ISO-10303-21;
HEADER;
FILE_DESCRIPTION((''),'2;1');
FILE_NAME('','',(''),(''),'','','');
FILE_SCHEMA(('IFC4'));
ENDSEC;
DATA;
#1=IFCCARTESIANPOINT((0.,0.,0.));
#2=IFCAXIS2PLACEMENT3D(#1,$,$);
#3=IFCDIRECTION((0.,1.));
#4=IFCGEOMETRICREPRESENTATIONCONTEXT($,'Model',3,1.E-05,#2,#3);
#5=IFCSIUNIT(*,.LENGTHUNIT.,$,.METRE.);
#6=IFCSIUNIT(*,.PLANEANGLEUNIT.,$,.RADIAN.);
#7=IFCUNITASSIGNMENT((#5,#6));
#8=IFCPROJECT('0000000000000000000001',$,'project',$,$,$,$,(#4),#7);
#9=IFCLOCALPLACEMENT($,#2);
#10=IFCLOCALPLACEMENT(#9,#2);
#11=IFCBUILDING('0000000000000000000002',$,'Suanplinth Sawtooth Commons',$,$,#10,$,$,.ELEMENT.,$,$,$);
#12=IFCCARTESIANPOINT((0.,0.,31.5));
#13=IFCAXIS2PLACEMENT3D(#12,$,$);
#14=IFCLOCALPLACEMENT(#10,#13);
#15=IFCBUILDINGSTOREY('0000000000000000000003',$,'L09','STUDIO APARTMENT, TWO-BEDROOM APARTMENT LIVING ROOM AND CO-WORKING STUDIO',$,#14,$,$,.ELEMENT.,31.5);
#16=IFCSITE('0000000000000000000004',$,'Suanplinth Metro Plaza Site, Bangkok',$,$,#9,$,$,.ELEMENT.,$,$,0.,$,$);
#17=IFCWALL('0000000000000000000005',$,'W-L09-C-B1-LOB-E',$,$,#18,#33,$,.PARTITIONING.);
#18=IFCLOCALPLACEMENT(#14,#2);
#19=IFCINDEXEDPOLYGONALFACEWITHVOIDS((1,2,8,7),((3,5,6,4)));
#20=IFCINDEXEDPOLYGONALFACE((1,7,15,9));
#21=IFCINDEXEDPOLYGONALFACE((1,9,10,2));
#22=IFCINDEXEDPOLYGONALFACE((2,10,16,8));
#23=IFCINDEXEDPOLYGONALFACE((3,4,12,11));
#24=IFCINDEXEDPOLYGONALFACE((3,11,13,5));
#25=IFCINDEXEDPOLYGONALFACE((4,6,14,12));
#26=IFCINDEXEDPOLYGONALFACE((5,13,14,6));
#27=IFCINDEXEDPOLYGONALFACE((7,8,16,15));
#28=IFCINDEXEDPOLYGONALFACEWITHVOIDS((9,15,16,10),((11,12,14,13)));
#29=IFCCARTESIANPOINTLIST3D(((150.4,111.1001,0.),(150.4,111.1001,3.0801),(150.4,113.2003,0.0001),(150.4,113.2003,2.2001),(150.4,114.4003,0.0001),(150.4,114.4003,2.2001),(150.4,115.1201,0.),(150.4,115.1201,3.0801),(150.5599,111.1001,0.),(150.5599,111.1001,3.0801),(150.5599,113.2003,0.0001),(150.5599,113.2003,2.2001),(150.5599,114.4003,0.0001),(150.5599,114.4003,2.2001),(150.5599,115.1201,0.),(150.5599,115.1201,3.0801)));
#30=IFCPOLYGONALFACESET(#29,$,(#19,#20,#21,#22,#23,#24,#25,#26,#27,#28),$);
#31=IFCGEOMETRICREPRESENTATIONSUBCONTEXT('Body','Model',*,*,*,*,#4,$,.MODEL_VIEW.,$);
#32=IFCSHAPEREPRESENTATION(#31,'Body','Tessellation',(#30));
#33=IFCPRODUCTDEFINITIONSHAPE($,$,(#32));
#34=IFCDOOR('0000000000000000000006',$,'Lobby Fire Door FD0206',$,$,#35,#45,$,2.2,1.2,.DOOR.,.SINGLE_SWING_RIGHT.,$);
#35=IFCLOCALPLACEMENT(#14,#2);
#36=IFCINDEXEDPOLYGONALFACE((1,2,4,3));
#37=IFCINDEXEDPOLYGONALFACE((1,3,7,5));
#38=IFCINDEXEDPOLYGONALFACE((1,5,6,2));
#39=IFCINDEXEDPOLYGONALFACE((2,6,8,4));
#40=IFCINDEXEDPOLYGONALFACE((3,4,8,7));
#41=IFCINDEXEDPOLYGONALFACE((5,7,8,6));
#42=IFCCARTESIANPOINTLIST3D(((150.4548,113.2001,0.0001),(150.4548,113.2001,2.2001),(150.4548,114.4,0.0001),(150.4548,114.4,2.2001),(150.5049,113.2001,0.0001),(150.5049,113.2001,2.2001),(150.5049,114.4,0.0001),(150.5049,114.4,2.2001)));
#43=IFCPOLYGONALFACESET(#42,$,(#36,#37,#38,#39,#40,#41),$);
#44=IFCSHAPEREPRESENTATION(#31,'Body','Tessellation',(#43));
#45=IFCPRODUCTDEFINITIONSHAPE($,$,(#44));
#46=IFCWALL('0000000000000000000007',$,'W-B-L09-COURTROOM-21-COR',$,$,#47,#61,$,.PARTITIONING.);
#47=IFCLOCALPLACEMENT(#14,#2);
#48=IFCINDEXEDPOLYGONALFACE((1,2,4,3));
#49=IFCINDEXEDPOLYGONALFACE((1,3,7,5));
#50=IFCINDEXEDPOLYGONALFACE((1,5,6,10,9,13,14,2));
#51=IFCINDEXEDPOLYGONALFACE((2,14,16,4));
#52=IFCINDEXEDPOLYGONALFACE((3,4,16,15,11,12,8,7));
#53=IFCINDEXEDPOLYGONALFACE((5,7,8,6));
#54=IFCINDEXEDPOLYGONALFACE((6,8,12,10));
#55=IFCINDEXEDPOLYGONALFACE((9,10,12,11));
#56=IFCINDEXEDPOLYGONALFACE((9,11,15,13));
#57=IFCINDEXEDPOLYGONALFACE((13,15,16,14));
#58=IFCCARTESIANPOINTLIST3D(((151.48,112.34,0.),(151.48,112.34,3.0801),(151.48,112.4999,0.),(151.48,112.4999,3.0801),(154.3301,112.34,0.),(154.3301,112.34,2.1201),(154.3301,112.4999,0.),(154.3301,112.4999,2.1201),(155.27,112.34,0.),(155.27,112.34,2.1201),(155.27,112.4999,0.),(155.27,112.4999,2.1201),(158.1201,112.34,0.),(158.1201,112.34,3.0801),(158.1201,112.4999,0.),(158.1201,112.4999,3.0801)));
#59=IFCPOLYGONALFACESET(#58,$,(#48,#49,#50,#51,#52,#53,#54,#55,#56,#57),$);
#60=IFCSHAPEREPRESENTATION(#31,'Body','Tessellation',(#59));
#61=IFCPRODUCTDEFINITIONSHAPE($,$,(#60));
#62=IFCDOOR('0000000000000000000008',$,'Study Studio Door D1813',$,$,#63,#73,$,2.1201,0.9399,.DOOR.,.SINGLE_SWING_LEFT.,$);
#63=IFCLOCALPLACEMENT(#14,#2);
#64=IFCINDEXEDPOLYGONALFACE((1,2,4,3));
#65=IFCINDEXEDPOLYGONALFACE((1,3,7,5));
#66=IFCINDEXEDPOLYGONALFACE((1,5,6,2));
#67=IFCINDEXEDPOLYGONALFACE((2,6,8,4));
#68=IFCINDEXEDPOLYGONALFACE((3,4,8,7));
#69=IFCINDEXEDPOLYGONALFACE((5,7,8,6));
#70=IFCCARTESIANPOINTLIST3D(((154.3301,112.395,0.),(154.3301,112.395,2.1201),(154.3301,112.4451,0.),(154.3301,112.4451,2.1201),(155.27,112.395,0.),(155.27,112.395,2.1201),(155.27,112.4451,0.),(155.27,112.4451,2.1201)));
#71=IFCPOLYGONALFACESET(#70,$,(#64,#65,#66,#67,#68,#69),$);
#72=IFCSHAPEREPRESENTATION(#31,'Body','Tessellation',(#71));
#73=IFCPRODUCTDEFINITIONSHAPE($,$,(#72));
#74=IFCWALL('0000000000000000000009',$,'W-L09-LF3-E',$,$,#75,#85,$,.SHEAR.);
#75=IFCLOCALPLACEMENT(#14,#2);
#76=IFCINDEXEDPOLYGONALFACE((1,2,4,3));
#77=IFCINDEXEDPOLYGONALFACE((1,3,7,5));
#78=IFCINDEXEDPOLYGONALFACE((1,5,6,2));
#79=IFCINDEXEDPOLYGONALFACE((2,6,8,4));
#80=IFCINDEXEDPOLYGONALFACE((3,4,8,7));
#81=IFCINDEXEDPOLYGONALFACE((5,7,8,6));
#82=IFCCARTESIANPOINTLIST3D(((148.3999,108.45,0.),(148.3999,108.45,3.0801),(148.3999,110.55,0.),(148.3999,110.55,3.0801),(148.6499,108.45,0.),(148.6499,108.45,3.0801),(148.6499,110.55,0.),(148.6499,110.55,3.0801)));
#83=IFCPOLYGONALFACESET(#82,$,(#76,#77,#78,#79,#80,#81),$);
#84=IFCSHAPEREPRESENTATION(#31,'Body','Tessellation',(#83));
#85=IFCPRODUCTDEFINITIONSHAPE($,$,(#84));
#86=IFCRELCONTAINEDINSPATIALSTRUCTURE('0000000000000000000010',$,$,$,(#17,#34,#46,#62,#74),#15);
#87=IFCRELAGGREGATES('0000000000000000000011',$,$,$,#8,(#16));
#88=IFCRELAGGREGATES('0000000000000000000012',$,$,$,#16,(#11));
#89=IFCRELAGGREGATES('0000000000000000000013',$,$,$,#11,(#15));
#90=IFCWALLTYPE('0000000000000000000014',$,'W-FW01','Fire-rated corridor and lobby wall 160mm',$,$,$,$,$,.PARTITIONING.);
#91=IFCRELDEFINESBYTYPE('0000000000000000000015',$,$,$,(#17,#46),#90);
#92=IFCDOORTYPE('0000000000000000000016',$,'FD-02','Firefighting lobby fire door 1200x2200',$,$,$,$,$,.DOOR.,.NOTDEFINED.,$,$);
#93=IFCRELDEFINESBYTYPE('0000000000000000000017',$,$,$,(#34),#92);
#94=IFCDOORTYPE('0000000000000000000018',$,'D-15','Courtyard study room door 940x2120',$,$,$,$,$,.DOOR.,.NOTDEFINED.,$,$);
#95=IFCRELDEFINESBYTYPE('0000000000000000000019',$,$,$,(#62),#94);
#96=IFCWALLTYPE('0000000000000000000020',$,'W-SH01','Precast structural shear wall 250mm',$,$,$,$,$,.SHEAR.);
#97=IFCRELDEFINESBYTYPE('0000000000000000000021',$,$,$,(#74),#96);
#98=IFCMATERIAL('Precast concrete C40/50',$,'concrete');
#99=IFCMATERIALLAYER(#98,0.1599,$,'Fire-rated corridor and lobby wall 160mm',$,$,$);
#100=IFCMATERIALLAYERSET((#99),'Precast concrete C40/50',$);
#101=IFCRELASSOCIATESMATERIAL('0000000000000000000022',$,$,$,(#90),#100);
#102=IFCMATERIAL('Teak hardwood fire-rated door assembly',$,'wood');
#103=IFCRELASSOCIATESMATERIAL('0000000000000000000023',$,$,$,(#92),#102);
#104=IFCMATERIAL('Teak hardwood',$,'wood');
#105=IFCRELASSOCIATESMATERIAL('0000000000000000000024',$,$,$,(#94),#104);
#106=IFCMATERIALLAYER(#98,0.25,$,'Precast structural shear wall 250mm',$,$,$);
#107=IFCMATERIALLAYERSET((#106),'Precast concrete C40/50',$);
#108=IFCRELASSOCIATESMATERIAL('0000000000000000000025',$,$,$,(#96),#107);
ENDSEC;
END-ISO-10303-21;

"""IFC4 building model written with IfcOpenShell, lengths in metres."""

from ifc_helpers import new_model, si_unit, direction, frame, frame_2d, origin, place, context, subcontext, project, spatial, rectangle, extrude, material, layer, layer_set, type_object, element, fill, save


model = new_model("IFC4")

# Units and contexts
model_context = context("Model", 3, precision=1e-05, world=origin(), true_north=direction((0.0, 1.0)))
body_context = subcontext(model_context, "Body", "Model", "MODEL_VIEW")
ifc_project = project(units=[si_unit("LENGTHUNIT", "METRE"), si_unit("PLANEANGLEUNIT", "RADIAN")], contexts=[model_context])

# Site, building, storey
site_placement = place(None, origin())
site = spatial("IfcSite", under=ifc_project, at=site_placement, Name="Suanplinth Metro Plaza Site, Bangkok", CompositionType="ELEMENT", RefElevation=0.0)
building_placement = place(site_placement, origin())
building = spatial("IfcBuilding", under=site, at=building_placement, Name="Suanplinth Sawtooth Commons", CompositionType="ELEMENT")
storey_placement = place(building_placement, frame((0.0, 0.0, 31.5)))
storey = spatial("IfcBuildingStorey", under=building, at=storey_placement, Name="L09", Description="STUDIO APARTMENT, TWO-BEDROOM APARTMENT LIVING ROOM AND CO-WORKING STUDIO", CompositionType="ELEMENT", Elevation=31.5)

# Shared definitions
ifc_material_1 = material(Name="Precast concrete C40/50", Category="concrete")

# Walls, openings, doors
ifc_layer_1 = layer(ifc_material_1, 0.1599, Name="Fire-rated corridor and lobby wall 160mm")
ifc_layer_set_1 = layer_set([ifc_layer_1], Name="Precast concrete C40/50")
wall_type_1 = type_object("IfcWallType", Name="W-FW01", Description="Fire-rated corridor and lobby wall 160mm", PredefinedType="PARTITIONING", material=ifc_layer_set_1)
wall_1_placement = place(storey_placement, frame((150.48, 111.1001, 0.0), z_axis=(0.0, 0.0, 1.0), x_axis=(0.0, 1.0, 0.0)))
wall_1 = element("IfcWall", 1, at=wall_1_placement, inside=storey, type_object=wall_type_1, Name="W-L09-C-B1-LOB-E", PredefinedType="PARTITIONING", context=body_context, shape_type="SweptSolid", body=[
    extrude(rectangle(XDim=4.02, YDim=0.1599, at=frame_2d((2.01, 0.0))), origin(), (0.0, 0.0, 1.0), 3.0801),
])
opening_1_placement = place(wall_1_placement, frame((2.1001, 0.0, 0.0)))
opening_1 = element("IfcOpeningElement", 2, at=opening_1_placement, cuts=wall_1, PredefinedType="OPENING", context=body_context, shape_type="SweptSolid", body=[
    extrude(rectangle(XDim=1.2, YDim=2.2, at=frame_2d((0.6001, 1.1001))), frame((0.0, 0.0947, 0.0), z_axis=(0.0, -1.0, 0.0), x_axis=(1.0, 0.0, 0.0)), (0.0, 0.0, 1.0), 0.1897),
])
ifc_material_2 = material(Name="Teak hardwood fire-rated door assembly", Category="wood")
door_type_1 = type_object("IfcDoorType", Name="FD-02", Description="Firefighting lobby fire door 1200x2200", OperationType="NOTDEFINED", PredefinedType="DOOR", material=ifc_material_2)
door_1_placement = place(opening_1_placement, frame((1.2, 0.0, 0.0), z_axis=(0.0, 0.0, 1.0), x_axis=(-1.0, 0.0, 0.0)))
door_1 = element("IfcDoor", 3, at=door_1_placement, inside=storey, type_object=door_type_1, Name="Lobby Fire Door FD0206", OperationType="SINGLE_SWING_RIGHT", OverallHeight=2.2, OverallWidth=1.2, PredefinedType="DOOR", context=body_context, shape_type="SweptSolid", body=[
    extrude(rectangle(XDim=1.2, YDim=2.2, at=frame_2d((0.6001, 1.1001))), frame((0.0, 0.0249, 0.0), z_axis=(0.0, -1.0, 0.0), x_axis=(1.0, 0.0, 0.0)), (0.0, 0.0, 1.0), 0.05),
])
fill(opening_1, door_1)
wall_2_placement = place(storey_placement, frame((151.48, 112.4199, 0.0), z_axis=(0.0, 0.0, 1.0), x_axis=(1.0, 0.0, 0.0)))
wall_2 = element("IfcWall", 4, at=wall_2_placement, inside=storey, type_object=wall_type_1, Name="W-B-L09-COURTROOM-21-COR", PredefinedType="PARTITIONING", context=body_context, shape_type="SweptSolid", body=[
    extrude(rectangle(XDim=6.6401, YDim=0.1599, at=frame_2d((3.3201, 0.0))), origin(), (0.0, 0.0, 1.0), 3.0801),
])
opening_2_placement = place(wall_2_placement, frame((2.8501, 0.0, 0.0)))
opening_2 = element("IfcOpeningElement", 5, at=opening_2_placement, cuts=wall_2, PredefinedType="OPENING", context=body_context, shape_type="SweptSolid", body=[
    extrude(rectangle(XDim=0.9399, YDim=2.1201, at=frame_2d((0.47, 1.0601))), frame((0.0, 0.0947, 0.0), z_axis=(0.0, -1.0, 0.0), x_axis=(1.0, 0.0, 0.0)), (0.0, 0.0, 1.0), 0.1897),
])
ifc_material_3 = material(Name="Teak hardwood", Category="wood")
door_type_2 = type_object("IfcDoorType", Name="D-15", Description="Courtyard study room door 940x2120", OperationType="NOTDEFINED", PredefinedType="DOOR", material=ifc_material_3)
door_2_placement = place(opening_2_placement, frame((0.9399, 0.0, 0.0), z_axis=(0.0, 0.0, 1.0), x_axis=(-1.0, 0.0, 0.0)))
door_2 = element("IfcDoor", 6, at=door_2_placement, inside=storey, type_object=door_type_2, Name="Study Studio Door D1813", OperationType="SINGLE_SWING_LEFT", OverallHeight=2.1201, OverallWidth=0.9399, PredefinedType="DOOR", context=body_context, shape_type="SweptSolid", body=[
    extrude(rectangle(XDim=0.9399, YDim=2.1201, at=frame_2d((0.47, 1.0601))), frame((0.0, 0.0249, 0.0), z_axis=(0.0, -1.0, 0.0), x_axis=(1.0, 0.0, 0.0)), (0.0, 0.0, 1.0), 0.05),
])
fill(opening_2, door_2)

# Wall
ifc_layer_2 = layer(ifc_material_1, 0.25, Name="Precast structural shear wall 250mm")
ifc_layer_set_2 = layer_set([ifc_layer_2], Name="Precast concrete C40/50")
wall_type_2 = type_object("IfcWallType", Name="W-SH01", Description="Precast structural shear wall 250mm", PredefinedType="SHEAR", material=ifc_layer_set_2)
wall_3_placement = place(storey_placement, frame((148.5249, 108.45, 0.0), z_axis=(0.0, 0.0, 1.0), x_axis=(0.0, 1.0, 0.0)))
element("IfcWall", 7, at=wall_3_placement, inside=storey, type_object=wall_type_2, Name="W-L09-LF3-E", PredefinedType="SHEAR", context=body_context, shape_type="SweptSolid", body=[
    extrude(rectangle(XDim=2.1001, YDim=0.25, at=frame_2d((1.05, 0.0))), origin(), (0.0, 0.0, 1.0), 3.0801),
])

save(model, "model.ifc")
